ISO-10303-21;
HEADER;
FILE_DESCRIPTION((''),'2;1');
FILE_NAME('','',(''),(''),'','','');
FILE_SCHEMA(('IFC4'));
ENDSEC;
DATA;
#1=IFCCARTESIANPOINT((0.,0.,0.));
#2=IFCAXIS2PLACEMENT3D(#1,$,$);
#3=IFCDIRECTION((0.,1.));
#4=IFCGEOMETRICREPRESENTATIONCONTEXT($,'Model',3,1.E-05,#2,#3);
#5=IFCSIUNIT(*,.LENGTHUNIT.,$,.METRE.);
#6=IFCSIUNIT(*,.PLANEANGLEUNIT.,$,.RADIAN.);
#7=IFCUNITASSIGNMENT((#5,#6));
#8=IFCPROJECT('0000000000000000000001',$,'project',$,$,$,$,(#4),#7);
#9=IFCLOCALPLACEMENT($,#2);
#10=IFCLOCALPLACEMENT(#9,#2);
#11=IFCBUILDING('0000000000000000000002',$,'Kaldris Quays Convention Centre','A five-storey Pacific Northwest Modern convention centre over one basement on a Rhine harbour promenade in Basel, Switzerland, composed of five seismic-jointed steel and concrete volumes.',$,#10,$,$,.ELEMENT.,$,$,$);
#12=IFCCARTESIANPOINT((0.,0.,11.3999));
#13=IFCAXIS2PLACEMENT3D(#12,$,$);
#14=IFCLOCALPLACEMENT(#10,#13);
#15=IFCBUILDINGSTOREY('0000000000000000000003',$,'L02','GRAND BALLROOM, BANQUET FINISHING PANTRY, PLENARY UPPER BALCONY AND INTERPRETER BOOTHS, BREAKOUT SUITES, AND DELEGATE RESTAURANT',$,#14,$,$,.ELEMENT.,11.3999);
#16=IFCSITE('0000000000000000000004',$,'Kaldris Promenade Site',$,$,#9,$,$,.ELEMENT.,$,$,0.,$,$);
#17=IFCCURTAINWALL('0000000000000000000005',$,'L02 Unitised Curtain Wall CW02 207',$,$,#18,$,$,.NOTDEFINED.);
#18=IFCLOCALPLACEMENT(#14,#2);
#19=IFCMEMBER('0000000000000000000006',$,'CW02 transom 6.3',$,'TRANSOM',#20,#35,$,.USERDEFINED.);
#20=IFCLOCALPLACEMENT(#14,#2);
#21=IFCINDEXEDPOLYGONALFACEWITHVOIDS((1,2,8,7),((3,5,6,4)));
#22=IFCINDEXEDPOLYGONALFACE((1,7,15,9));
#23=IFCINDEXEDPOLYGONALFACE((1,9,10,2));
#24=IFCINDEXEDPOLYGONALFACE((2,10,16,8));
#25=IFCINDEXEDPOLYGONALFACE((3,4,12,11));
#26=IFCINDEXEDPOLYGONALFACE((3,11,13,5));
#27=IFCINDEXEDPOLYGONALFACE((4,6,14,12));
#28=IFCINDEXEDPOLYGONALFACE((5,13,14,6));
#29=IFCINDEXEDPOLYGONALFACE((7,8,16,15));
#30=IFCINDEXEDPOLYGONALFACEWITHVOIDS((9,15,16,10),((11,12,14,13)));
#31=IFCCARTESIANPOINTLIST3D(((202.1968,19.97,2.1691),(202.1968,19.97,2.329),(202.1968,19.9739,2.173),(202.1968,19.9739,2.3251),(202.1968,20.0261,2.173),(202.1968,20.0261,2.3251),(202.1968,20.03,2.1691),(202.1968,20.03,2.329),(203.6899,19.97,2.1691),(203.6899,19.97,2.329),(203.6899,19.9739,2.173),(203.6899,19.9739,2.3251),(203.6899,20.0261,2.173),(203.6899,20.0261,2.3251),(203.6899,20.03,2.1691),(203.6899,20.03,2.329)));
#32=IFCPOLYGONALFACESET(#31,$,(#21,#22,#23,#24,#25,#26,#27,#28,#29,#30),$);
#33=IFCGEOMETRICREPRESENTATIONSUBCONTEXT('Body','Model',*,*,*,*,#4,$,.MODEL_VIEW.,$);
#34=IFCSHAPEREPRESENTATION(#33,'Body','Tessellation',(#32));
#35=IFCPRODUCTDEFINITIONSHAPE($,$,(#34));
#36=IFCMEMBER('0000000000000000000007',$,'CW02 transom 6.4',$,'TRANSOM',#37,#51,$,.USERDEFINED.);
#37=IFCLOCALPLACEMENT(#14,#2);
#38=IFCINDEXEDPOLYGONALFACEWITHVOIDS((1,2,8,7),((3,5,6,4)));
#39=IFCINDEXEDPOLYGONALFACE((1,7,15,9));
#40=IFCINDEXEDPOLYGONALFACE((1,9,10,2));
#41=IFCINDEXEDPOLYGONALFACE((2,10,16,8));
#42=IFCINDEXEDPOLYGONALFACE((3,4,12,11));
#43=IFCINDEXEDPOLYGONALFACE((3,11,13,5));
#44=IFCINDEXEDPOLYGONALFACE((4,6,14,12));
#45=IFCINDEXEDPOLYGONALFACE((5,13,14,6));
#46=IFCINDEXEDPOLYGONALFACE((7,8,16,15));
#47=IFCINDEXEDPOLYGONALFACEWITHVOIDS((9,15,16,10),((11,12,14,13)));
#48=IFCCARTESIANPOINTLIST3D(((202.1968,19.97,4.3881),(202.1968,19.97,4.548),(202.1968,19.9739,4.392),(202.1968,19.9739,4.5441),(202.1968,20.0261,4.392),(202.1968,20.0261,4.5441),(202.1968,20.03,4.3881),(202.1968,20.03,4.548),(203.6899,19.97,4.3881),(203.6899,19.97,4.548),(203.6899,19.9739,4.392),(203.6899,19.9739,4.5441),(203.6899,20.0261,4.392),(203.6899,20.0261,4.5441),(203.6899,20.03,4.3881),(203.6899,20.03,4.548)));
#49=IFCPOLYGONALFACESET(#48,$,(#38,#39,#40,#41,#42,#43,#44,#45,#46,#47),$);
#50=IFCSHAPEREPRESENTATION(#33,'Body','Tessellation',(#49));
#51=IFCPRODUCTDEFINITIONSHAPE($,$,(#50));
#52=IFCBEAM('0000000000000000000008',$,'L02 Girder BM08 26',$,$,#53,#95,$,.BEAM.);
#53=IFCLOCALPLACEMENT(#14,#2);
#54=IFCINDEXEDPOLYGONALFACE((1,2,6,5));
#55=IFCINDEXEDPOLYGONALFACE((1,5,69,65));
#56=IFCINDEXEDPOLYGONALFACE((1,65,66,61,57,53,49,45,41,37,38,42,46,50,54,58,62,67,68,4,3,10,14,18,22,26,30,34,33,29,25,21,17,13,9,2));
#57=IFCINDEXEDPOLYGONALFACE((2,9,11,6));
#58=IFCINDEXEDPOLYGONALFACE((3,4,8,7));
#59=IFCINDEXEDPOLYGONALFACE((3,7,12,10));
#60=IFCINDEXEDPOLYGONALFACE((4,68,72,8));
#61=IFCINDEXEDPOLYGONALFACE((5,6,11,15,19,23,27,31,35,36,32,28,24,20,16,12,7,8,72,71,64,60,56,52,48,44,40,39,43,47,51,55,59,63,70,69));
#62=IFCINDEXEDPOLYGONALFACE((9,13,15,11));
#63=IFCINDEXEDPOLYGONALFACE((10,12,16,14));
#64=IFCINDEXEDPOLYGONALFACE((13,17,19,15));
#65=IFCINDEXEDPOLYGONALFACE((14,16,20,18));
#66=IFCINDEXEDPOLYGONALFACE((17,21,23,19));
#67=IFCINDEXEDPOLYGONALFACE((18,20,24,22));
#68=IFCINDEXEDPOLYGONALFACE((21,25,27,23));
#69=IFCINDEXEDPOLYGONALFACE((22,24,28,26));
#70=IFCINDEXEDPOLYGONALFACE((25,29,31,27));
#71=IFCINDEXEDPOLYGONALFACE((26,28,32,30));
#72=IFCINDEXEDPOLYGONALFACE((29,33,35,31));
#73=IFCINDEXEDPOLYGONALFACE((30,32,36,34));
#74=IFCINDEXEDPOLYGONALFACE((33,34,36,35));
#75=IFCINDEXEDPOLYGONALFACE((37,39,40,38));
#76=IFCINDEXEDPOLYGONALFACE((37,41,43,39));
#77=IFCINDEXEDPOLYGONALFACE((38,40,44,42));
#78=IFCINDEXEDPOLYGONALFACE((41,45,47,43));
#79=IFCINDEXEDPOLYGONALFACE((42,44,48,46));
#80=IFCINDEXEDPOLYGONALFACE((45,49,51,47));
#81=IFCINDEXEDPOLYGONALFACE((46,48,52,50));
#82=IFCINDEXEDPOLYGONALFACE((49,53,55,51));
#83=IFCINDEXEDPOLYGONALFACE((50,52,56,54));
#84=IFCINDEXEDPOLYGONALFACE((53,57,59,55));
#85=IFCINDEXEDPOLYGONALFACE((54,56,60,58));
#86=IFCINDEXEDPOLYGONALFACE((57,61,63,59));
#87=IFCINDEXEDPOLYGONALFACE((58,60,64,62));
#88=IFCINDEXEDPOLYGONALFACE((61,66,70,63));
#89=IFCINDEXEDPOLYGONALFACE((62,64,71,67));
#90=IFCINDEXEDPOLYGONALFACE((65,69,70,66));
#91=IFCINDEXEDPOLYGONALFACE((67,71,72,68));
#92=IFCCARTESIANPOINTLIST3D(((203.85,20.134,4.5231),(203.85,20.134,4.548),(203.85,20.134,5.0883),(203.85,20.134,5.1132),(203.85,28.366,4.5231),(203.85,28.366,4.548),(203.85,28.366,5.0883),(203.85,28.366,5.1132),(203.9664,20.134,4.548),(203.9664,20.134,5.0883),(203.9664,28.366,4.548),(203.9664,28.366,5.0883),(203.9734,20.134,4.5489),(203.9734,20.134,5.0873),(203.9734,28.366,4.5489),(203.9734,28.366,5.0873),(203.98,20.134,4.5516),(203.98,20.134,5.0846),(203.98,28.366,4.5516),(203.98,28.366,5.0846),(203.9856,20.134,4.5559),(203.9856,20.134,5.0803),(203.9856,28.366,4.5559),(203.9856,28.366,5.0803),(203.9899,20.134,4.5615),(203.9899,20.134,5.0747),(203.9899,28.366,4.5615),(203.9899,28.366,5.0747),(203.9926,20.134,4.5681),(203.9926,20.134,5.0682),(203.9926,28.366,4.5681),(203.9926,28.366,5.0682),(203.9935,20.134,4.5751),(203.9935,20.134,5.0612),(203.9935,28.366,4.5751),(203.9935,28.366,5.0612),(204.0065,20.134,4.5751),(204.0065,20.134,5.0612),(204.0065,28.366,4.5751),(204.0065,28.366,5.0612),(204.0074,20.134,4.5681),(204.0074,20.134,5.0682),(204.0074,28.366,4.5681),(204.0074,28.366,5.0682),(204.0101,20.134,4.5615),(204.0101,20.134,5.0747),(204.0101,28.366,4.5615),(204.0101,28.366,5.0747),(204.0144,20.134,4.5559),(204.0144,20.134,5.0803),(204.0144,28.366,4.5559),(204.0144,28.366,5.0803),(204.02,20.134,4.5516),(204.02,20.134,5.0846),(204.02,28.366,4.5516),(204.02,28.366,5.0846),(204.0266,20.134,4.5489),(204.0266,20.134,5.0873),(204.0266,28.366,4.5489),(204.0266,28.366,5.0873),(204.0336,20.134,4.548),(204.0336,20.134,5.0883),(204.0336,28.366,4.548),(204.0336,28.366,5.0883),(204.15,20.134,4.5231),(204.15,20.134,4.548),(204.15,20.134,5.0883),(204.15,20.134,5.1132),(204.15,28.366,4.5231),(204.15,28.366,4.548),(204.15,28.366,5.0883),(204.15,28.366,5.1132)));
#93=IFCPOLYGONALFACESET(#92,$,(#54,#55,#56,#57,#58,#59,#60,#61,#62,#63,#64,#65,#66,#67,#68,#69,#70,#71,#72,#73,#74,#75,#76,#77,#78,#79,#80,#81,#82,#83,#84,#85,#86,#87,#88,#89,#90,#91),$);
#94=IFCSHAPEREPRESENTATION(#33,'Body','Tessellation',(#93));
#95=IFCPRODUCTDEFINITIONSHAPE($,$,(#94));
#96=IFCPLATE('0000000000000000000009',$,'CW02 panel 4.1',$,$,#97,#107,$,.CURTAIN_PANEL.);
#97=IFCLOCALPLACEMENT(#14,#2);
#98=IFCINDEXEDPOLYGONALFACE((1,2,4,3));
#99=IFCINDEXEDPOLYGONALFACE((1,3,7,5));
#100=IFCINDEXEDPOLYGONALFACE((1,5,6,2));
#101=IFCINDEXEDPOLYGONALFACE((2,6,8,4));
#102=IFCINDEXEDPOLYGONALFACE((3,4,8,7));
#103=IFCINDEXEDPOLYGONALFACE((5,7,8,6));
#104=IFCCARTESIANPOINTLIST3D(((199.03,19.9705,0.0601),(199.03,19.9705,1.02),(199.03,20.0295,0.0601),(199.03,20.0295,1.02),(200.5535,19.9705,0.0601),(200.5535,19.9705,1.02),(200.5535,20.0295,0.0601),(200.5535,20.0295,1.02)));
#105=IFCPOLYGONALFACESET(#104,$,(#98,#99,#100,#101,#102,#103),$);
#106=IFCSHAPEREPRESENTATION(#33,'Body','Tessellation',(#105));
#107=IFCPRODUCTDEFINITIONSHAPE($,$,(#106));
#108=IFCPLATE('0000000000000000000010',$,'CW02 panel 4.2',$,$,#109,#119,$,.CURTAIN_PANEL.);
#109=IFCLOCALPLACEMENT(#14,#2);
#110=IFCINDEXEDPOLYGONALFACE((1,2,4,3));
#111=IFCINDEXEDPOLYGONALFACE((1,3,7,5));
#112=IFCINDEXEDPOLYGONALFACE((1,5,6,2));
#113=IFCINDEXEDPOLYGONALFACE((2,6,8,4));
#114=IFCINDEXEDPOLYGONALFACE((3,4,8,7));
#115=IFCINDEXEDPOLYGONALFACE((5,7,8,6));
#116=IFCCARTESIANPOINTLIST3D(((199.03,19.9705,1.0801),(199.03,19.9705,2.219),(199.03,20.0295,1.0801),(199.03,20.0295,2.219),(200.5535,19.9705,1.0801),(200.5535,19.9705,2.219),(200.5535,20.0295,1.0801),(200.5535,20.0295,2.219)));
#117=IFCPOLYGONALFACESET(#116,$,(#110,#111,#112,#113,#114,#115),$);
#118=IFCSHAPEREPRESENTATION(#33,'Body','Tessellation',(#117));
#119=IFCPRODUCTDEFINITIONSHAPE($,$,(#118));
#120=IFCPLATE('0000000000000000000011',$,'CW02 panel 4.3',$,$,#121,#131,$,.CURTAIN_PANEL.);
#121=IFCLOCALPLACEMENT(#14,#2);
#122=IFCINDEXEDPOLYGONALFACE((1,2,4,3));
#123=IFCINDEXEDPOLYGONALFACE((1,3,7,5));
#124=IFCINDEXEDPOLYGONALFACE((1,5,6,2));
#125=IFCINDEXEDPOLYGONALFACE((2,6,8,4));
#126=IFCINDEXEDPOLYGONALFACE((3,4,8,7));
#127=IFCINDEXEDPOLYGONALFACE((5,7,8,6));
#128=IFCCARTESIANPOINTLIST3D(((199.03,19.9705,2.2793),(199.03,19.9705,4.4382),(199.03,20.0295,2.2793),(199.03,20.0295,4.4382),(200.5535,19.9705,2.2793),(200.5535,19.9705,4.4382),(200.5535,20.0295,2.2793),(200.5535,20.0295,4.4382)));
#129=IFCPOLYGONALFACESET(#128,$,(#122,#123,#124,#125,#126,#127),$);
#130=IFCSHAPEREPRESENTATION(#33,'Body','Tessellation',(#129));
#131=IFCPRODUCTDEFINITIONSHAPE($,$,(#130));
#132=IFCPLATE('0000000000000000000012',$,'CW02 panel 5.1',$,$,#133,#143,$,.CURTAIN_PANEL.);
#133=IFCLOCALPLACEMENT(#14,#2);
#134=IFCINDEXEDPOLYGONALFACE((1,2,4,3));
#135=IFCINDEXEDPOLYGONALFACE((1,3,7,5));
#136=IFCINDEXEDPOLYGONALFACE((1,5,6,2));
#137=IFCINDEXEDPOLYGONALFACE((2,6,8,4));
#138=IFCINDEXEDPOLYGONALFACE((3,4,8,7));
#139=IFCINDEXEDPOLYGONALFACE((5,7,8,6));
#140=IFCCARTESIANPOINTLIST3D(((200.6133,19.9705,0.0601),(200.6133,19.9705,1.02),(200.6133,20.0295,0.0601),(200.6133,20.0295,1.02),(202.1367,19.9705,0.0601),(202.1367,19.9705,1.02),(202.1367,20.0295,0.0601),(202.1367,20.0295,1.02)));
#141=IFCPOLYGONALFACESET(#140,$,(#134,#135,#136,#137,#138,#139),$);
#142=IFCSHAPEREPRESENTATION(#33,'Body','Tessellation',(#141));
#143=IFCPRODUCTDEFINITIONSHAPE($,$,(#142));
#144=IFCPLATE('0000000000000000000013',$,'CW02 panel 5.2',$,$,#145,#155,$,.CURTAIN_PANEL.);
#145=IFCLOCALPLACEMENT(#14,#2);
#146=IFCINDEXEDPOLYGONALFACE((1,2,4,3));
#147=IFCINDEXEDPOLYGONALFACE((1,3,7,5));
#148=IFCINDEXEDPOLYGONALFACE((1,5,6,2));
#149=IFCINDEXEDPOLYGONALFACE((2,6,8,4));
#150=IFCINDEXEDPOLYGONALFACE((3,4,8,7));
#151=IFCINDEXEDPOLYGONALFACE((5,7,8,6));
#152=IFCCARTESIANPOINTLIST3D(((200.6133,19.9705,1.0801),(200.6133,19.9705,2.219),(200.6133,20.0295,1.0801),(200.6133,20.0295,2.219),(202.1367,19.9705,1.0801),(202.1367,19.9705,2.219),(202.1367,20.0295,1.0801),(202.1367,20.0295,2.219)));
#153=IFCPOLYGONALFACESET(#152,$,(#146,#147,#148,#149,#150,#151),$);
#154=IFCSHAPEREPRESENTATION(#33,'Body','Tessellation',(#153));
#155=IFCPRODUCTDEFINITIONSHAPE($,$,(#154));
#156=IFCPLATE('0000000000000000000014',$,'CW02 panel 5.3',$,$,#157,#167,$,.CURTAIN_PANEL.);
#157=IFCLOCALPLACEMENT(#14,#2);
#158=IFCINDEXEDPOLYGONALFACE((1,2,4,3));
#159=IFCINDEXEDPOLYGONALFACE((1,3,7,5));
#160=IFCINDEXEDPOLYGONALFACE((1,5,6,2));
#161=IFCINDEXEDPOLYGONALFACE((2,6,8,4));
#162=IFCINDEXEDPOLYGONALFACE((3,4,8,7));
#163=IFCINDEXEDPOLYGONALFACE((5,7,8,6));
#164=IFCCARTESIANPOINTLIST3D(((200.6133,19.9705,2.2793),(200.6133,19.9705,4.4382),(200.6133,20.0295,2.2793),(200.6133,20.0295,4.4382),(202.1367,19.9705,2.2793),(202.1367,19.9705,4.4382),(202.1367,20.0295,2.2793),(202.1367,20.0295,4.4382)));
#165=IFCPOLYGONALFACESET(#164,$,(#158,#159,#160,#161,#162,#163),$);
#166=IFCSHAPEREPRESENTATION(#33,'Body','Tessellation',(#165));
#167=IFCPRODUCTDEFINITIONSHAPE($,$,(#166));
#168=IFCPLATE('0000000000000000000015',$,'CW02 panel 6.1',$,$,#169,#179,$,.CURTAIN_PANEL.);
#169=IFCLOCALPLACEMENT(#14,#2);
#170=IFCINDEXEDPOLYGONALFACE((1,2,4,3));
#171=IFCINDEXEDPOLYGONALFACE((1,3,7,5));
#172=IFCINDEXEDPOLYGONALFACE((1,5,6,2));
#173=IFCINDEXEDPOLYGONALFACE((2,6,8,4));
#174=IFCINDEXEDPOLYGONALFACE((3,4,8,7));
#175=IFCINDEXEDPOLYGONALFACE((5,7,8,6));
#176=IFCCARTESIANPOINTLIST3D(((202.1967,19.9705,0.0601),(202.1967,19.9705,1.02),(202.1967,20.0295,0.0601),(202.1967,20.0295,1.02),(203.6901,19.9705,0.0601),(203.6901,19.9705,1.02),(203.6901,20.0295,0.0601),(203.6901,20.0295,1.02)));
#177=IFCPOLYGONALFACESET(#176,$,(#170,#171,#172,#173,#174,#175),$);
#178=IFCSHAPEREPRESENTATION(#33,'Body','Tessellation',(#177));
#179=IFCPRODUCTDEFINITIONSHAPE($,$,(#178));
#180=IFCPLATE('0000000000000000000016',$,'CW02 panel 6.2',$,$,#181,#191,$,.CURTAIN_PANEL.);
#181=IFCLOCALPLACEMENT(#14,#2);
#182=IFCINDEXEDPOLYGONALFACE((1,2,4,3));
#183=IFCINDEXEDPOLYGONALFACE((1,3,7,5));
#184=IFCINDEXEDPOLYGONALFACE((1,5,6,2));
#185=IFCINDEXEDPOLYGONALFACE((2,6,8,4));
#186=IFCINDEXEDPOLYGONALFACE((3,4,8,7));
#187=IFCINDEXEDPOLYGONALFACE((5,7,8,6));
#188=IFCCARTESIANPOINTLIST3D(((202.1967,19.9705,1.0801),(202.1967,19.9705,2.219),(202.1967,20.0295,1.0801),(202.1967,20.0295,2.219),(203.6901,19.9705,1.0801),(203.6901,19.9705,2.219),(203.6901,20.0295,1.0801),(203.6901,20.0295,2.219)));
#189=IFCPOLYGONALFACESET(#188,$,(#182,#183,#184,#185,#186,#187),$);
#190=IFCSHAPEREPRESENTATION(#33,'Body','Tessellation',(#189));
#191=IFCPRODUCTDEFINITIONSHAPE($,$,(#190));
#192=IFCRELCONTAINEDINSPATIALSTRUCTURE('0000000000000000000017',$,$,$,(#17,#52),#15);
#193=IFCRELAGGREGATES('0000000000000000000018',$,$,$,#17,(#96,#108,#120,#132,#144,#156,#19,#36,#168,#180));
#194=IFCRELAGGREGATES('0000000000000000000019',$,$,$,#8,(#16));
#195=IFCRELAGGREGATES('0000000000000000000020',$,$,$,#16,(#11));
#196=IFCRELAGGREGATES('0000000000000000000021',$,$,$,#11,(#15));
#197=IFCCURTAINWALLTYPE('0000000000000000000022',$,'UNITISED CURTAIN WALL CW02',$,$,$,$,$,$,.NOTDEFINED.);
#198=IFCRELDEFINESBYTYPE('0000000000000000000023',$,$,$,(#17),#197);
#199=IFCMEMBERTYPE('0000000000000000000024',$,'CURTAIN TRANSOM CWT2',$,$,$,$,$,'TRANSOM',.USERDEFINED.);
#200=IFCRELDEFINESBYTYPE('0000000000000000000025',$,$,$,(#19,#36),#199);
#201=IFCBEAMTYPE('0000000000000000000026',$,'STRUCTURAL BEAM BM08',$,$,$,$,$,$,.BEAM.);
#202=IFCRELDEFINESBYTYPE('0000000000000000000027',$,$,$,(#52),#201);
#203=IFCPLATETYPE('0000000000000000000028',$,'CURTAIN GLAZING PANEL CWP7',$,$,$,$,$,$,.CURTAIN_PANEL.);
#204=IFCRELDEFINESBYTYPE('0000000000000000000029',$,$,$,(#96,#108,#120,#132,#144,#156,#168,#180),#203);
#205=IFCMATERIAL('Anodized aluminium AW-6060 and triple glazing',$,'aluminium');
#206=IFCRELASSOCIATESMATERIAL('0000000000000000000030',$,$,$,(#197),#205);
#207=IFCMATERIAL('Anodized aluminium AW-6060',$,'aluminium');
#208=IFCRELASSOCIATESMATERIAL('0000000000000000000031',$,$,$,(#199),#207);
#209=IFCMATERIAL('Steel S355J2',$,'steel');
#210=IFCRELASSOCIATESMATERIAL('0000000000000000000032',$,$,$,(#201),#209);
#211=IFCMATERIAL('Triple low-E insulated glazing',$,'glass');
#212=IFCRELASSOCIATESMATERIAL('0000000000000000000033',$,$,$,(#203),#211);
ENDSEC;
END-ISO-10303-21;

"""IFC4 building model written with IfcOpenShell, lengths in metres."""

from ifc_helpers import new_model, si_unit, direction, frame, origin, origin_2d, place, context, subcontext, project, spatial, rectangle, hollow_rectangle, i_section, extrude, material, material_profile, profile_set, type_object, element, aggregate, save


model = new_model("IFC4")

# Units and contexts
model_context = context("Model", 3, precision=1e-05, world=origin(), true_north=direction((0.0, 1.0)))
body_context = subcontext(model_context, "Body", "Model", "MODEL_VIEW")
ifc_project = project(units=[si_unit("LENGTHUNIT", "METRE"), si_unit("PLANEANGLEUNIT", "RADIAN")], contexts=[model_context])

# Site, building, storey
site_placement = place(None, origin())
site = spatial("IfcSite", under=ifc_project, at=site_placement, Name="Kaldris Promenade Site", CompositionType="ELEMENT", RefElevation=0.0)
building_placement = place(site_placement, origin())
building = spatial("IfcBuilding", under=site, at=building_placement, Name="Kaldris Quays Convention Centre", Description="A five-storey Pacific Northwest Modern convention centre over one basement on a Rhine harbour promenade in Basel, Switzerland, composed of five seismic-jointed steel and concrete volumes.", CompositionType="ELEMENT")
storey_placement = place(building_placement, frame((0.0, 0.0, 11.3999)))
storey = spatial("IfcBuildingStorey", under=building, at=storey_placement, Name="L02", Description="GRAND BALLROOM, BANQUET FINISHING PANTRY, PLENARY UPPER BALCONY AND INTERPRETER BOOTHS, BREAKOUT SUITES, AND DELEGATE RESTAURANT", CompositionType="ELEMENT", Elevation=11.3999)

# Shared definitions
ifc_material_1 = material(Name="Steel S355J2", Category="steel")

# Shared definitions
ifc_material_2 = material(Name="Anodized aluminium AW-6060 and triple glazing", Category="aluminium")
curtain_wall_type = type_object("IfcCurtainWallType", Name="UNITISED CURTAIN WALL CW02", PredefinedType="NOTDEFINED", material=ifc_material_2)
ifc_material_3 = material(Name="Anodized aluminium AW-6060", Category="aluminium")

# Curtain wall
curtain_wall_1_placement = place(storey_placement, origin())
curtain_wall_1 = element("IfcCurtainWall", 1, at=curtain_wall_1_placement, inside=storey, type_object=curtain_wall_type, Name="L02 Unitised Curtain Wall CW02 207", PredefinedType="NOTDEFINED")

# Members
ifc_material_profile_1 = material_profile(ifc_material_3, hollow_rectangle(XDim=0.0601, YDim=0.1599, WallThickness=0.0039, at=origin_2d()), Name="RHS 160x60x4")
ifc_profile_set_1 = profile_set([ifc_material_profile_1], Name="Anodized aluminium AW-6060")
member_type_1 = type_object("IfcMemberType", Name="CURTAIN TRANSOM CWT2", ElementType="TRANSOM", PredefinedType="USERDEFINED", material=ifc_profile_set_1)
member_1_placement = place(storey_placement, frame((202.1968, 20.0, 2.249), z_axis=(1.0, 0.0, 0.0), x_axis=(0.0, 1.0, 0.0)))
member_1 = element("IfcMember", 2, at=member_1_placement, type_object=member_type_1, Name="CW02 transom 6.3", ObjectType="TRANSOM", PredefinedType="USERDEFINED", context=body_context, shape_type="SweptSolid", body=[
    extrude(hollow_rectangle(XDim=0.0601, YDim=0.1599, WallThickness=0.0039, at=origin_2d()), origin(), (0.0, 0.0, 1.0), 1.4932),
])
member_2_placement = place(storey_placement, frame((202.1968, 20.0, 4.468), z_axis=(1.0, 0.0, 0.0), x_axis=(0.0, 1.0, 0.0)))
member_2 = element("IfcMember", 3, at=member_2_placement, type_object=member_type_1, Name="CW02 transom 6.4", ObjectType="TRANSOM", PredefinedType="USERDEFINED", context=body_context, shape_type="SweptSolid", body=[
    extrude(hollow_rectangle(XDim=0.0601, YDim=0.1599, WallThickness=0.0039, at=origin_2d()), origin(), (0.0, 0.0, 1.0), 1.4932),
])

# Beam
ifc_material_profile_2 = material_profile(ifc_material_1, i_section(OverallWidth=0.3, OverallDepth=0.5901, WebThickness=0.0129, FlangeThickness=0.0249, FilletRadius=0.0271, at=origin_2d()), Name="HEA 600")
ifc_profile_set_2 = profile_set([ifc_material_profile_2], Name="Steel S355J2")
beam_type = type_object("IfcBeamType", Name="STRUCTURAL BEAM BM08", PredefinedType="BEAM", material=ifc_profile_set_2)
beam_placement = place(storey_placement, frame((204.0, 20.134, 4.8181), z_axis=(0.0, 1.0, 0.0), x_axis=(-1.0, 0.0, 0.0)))
element("IfcBeam", 4, at=beam_placement, inside=storey, type_object=beam_type, Name="L02 Girder BM08 26", PredefinedType="BEAM", context=body_context, shape_type="SweptSolid", body=[
    extrude(i_section(OverallWidth=0.3, OverallDepth=0.5901, WebThickness=0.0129, FlangeThickness=0.0249, FilletRadius=0.0271, at=origin_2d()), origin(), (0.0, 0.0, 1.0), 8.2319),
])

# Plates
ifc_material_4 = material(Name="Triple low-E insulated glazing", Category="glass")
plate_type = type_object("IfcPlateType", Name="CURTAIN GLAZING PANEL CWP7", PredefinedType="CURTAIN_PANEL", material=ifc_material_4)
plate_1_placement = place(storey_placement, frame((199.7917, 20.0, 0.0601), z_axis=(0.0, 0.0, 1.0), x_axis=(1.0, 0.0, 0.0)))
plate_1 = element("IfcPlate", 5, at=plate_1_placement, type_object=plate_type, Name="CW02 panel 4.1", PredefinedType="CURTAIN_PANEL", context=body_context, shape_type="SweptSolid", body=[
    extrude(rectangle(XDim=1.5234, YDim=0.0591, at=origin_2d()), origin(), (0.0, 0.0, 1.0), 0.96),
])
plate_2_placement = place(storey_placement, frame((199.7917, 20.0, 1.0801), z_axis=(0.0, 0.0, 1.0), x_axis=(1.0, 0.0, 0.0)))
plate_2 = element("IfcPlate", 6, at=plate_2_placement, type_object=plate_type, Name="CW02 panel 4.2", PredefinedType="CURTAIN_PANEL", context=body_context, shape_type="SweptSolid", body=[
    extrude(rectangle(XDim=1.5234, YDim=0.0591, at=origin_2d()), origin(), (0.0, 0.0, 1.0), 1.1389),
])
plate_3_placement = place(storey_placement, frame((199.7917, 20.0, 2.2793), z_axis=(0.0, 0.0, 1.0), x_axis=(1.0, 0.0, 0.0)))
plate_3 = element("IfcPlate", 7, at=plate_3_placement, type_object=plate_type, Name="CW02 panel 4.3", PredefinedType="CURTAIN_PANEL", context=body_context, shape_type="SweptSolid", body=[
    extrude(rectangle(XDim=1.5234, YDim=0.0591, at=origin_2d()), origin(), (0.0, 0.0, 1.0), 2.1589),
])
plate_4_placement = place(storey_placement, frame((201.375, 20.0, 0.0601), z_axis=(0.0, 0.0, 1.0), x_axis=(1.0, 0.0, 0.0)))
plate_4 = element("IfcPlate", 8, at=plate_4_placement, type_object=plate_type, Name="CW02 panel 5.1", PredefinedType="CURTAIN_PANEL", context=body_context, shape_type="SweptSolid", body=[
    extrude(rectangle(XDim=1.5234, YDim=0.0591, at=origin_2d()), origin(), (0.0, 0.0, 1.0), 0.96),
])
plate_5_placement = place(storey_placement, frame((201.375, 20.0, 1.0801), z_axis=(0.0, 0.0, 1.0), x_axis=(1.0, 0.0, 0.0)))
plate_5 = element("IfcPlate", 9, at=plate_5_placement, type_object=plate_type, Name="CW02 panel 5.2", PredefinedType="CURTAIN_PANEL", context=body_context, shape_type="SweptSolid", body=[
    extrude(rectangle(XDim=1.5234, YDim=0.0591, at=origin_2d()), origin(), (0.0, 0.0, 1.0), 1.1389),
])
plate_6_placement = place(storey_placement, frame((201.375, 20.0, 2.2793), z_axis=(0.0, 0.0, 1.0), x_axis=(1.0, 0.0, 0.0)))
plate_6 = element("IfcPlate", 10, at=plate_6_placement, type_object=plate_type, Name="CW02 panel 5.3", PredefinedType="CURTAIN_PANEL", context=body_context, shape_type="SweptSolid", body=[
    extrude(rectangle(XDim=1.5234, YDim=0.0591, at=origin_2d()), origin(), (0.0, 0.0, 1.0), 2.1589),
])
plate_7_placement = place(storey_placement, frame((202.9434, 20.0, 0.0601), z_axis=(0.0, 0.0, 1.0), x_axis=(1.0, 0.0, 0.0)))
plate_7 = element("IfcPlate", 11, at=plate_7_placement, type_object=plate_type, Name="CW02 panel 6.1", PredefinedType="CURTAIN_PANEL", context=body_context, shape_type="SweptSolid", body=[
    extrude(rectangle(XDim=1.4934, YDim=0.0591, at=origin_2d()), origin(), (0.0, 0.0, 1.0), 0.96),
])
plate_8_placement = place(storey_placement, frame((202.9434, 20.0, 1.0801), z_axis=(0.0, 0.0, 1.0), x_axis=(1.0, 0.0, 0.0)))
plate_8 = element("IfcPlate", 12, at=plate_8_placement, type_object=plate_type, Name="CW02 panel 6.2", PredefinedType="CURTAIN_PANEL", context=body_context, shape_type="SweptSolid", body=[
    extrude(rectangle(XDim=1.4934, YDim=0.0591, at=origin_2d()), origin(), (0.0, 0.0, 1.0), 1.1389),
])
aggregate(curtain_wall_1, [plate_1, plate_2, plate_3, plate_4, plate_5, plate_6, member_1, member_2, plate_7, plate_8])

save(model, "model.ifc")
